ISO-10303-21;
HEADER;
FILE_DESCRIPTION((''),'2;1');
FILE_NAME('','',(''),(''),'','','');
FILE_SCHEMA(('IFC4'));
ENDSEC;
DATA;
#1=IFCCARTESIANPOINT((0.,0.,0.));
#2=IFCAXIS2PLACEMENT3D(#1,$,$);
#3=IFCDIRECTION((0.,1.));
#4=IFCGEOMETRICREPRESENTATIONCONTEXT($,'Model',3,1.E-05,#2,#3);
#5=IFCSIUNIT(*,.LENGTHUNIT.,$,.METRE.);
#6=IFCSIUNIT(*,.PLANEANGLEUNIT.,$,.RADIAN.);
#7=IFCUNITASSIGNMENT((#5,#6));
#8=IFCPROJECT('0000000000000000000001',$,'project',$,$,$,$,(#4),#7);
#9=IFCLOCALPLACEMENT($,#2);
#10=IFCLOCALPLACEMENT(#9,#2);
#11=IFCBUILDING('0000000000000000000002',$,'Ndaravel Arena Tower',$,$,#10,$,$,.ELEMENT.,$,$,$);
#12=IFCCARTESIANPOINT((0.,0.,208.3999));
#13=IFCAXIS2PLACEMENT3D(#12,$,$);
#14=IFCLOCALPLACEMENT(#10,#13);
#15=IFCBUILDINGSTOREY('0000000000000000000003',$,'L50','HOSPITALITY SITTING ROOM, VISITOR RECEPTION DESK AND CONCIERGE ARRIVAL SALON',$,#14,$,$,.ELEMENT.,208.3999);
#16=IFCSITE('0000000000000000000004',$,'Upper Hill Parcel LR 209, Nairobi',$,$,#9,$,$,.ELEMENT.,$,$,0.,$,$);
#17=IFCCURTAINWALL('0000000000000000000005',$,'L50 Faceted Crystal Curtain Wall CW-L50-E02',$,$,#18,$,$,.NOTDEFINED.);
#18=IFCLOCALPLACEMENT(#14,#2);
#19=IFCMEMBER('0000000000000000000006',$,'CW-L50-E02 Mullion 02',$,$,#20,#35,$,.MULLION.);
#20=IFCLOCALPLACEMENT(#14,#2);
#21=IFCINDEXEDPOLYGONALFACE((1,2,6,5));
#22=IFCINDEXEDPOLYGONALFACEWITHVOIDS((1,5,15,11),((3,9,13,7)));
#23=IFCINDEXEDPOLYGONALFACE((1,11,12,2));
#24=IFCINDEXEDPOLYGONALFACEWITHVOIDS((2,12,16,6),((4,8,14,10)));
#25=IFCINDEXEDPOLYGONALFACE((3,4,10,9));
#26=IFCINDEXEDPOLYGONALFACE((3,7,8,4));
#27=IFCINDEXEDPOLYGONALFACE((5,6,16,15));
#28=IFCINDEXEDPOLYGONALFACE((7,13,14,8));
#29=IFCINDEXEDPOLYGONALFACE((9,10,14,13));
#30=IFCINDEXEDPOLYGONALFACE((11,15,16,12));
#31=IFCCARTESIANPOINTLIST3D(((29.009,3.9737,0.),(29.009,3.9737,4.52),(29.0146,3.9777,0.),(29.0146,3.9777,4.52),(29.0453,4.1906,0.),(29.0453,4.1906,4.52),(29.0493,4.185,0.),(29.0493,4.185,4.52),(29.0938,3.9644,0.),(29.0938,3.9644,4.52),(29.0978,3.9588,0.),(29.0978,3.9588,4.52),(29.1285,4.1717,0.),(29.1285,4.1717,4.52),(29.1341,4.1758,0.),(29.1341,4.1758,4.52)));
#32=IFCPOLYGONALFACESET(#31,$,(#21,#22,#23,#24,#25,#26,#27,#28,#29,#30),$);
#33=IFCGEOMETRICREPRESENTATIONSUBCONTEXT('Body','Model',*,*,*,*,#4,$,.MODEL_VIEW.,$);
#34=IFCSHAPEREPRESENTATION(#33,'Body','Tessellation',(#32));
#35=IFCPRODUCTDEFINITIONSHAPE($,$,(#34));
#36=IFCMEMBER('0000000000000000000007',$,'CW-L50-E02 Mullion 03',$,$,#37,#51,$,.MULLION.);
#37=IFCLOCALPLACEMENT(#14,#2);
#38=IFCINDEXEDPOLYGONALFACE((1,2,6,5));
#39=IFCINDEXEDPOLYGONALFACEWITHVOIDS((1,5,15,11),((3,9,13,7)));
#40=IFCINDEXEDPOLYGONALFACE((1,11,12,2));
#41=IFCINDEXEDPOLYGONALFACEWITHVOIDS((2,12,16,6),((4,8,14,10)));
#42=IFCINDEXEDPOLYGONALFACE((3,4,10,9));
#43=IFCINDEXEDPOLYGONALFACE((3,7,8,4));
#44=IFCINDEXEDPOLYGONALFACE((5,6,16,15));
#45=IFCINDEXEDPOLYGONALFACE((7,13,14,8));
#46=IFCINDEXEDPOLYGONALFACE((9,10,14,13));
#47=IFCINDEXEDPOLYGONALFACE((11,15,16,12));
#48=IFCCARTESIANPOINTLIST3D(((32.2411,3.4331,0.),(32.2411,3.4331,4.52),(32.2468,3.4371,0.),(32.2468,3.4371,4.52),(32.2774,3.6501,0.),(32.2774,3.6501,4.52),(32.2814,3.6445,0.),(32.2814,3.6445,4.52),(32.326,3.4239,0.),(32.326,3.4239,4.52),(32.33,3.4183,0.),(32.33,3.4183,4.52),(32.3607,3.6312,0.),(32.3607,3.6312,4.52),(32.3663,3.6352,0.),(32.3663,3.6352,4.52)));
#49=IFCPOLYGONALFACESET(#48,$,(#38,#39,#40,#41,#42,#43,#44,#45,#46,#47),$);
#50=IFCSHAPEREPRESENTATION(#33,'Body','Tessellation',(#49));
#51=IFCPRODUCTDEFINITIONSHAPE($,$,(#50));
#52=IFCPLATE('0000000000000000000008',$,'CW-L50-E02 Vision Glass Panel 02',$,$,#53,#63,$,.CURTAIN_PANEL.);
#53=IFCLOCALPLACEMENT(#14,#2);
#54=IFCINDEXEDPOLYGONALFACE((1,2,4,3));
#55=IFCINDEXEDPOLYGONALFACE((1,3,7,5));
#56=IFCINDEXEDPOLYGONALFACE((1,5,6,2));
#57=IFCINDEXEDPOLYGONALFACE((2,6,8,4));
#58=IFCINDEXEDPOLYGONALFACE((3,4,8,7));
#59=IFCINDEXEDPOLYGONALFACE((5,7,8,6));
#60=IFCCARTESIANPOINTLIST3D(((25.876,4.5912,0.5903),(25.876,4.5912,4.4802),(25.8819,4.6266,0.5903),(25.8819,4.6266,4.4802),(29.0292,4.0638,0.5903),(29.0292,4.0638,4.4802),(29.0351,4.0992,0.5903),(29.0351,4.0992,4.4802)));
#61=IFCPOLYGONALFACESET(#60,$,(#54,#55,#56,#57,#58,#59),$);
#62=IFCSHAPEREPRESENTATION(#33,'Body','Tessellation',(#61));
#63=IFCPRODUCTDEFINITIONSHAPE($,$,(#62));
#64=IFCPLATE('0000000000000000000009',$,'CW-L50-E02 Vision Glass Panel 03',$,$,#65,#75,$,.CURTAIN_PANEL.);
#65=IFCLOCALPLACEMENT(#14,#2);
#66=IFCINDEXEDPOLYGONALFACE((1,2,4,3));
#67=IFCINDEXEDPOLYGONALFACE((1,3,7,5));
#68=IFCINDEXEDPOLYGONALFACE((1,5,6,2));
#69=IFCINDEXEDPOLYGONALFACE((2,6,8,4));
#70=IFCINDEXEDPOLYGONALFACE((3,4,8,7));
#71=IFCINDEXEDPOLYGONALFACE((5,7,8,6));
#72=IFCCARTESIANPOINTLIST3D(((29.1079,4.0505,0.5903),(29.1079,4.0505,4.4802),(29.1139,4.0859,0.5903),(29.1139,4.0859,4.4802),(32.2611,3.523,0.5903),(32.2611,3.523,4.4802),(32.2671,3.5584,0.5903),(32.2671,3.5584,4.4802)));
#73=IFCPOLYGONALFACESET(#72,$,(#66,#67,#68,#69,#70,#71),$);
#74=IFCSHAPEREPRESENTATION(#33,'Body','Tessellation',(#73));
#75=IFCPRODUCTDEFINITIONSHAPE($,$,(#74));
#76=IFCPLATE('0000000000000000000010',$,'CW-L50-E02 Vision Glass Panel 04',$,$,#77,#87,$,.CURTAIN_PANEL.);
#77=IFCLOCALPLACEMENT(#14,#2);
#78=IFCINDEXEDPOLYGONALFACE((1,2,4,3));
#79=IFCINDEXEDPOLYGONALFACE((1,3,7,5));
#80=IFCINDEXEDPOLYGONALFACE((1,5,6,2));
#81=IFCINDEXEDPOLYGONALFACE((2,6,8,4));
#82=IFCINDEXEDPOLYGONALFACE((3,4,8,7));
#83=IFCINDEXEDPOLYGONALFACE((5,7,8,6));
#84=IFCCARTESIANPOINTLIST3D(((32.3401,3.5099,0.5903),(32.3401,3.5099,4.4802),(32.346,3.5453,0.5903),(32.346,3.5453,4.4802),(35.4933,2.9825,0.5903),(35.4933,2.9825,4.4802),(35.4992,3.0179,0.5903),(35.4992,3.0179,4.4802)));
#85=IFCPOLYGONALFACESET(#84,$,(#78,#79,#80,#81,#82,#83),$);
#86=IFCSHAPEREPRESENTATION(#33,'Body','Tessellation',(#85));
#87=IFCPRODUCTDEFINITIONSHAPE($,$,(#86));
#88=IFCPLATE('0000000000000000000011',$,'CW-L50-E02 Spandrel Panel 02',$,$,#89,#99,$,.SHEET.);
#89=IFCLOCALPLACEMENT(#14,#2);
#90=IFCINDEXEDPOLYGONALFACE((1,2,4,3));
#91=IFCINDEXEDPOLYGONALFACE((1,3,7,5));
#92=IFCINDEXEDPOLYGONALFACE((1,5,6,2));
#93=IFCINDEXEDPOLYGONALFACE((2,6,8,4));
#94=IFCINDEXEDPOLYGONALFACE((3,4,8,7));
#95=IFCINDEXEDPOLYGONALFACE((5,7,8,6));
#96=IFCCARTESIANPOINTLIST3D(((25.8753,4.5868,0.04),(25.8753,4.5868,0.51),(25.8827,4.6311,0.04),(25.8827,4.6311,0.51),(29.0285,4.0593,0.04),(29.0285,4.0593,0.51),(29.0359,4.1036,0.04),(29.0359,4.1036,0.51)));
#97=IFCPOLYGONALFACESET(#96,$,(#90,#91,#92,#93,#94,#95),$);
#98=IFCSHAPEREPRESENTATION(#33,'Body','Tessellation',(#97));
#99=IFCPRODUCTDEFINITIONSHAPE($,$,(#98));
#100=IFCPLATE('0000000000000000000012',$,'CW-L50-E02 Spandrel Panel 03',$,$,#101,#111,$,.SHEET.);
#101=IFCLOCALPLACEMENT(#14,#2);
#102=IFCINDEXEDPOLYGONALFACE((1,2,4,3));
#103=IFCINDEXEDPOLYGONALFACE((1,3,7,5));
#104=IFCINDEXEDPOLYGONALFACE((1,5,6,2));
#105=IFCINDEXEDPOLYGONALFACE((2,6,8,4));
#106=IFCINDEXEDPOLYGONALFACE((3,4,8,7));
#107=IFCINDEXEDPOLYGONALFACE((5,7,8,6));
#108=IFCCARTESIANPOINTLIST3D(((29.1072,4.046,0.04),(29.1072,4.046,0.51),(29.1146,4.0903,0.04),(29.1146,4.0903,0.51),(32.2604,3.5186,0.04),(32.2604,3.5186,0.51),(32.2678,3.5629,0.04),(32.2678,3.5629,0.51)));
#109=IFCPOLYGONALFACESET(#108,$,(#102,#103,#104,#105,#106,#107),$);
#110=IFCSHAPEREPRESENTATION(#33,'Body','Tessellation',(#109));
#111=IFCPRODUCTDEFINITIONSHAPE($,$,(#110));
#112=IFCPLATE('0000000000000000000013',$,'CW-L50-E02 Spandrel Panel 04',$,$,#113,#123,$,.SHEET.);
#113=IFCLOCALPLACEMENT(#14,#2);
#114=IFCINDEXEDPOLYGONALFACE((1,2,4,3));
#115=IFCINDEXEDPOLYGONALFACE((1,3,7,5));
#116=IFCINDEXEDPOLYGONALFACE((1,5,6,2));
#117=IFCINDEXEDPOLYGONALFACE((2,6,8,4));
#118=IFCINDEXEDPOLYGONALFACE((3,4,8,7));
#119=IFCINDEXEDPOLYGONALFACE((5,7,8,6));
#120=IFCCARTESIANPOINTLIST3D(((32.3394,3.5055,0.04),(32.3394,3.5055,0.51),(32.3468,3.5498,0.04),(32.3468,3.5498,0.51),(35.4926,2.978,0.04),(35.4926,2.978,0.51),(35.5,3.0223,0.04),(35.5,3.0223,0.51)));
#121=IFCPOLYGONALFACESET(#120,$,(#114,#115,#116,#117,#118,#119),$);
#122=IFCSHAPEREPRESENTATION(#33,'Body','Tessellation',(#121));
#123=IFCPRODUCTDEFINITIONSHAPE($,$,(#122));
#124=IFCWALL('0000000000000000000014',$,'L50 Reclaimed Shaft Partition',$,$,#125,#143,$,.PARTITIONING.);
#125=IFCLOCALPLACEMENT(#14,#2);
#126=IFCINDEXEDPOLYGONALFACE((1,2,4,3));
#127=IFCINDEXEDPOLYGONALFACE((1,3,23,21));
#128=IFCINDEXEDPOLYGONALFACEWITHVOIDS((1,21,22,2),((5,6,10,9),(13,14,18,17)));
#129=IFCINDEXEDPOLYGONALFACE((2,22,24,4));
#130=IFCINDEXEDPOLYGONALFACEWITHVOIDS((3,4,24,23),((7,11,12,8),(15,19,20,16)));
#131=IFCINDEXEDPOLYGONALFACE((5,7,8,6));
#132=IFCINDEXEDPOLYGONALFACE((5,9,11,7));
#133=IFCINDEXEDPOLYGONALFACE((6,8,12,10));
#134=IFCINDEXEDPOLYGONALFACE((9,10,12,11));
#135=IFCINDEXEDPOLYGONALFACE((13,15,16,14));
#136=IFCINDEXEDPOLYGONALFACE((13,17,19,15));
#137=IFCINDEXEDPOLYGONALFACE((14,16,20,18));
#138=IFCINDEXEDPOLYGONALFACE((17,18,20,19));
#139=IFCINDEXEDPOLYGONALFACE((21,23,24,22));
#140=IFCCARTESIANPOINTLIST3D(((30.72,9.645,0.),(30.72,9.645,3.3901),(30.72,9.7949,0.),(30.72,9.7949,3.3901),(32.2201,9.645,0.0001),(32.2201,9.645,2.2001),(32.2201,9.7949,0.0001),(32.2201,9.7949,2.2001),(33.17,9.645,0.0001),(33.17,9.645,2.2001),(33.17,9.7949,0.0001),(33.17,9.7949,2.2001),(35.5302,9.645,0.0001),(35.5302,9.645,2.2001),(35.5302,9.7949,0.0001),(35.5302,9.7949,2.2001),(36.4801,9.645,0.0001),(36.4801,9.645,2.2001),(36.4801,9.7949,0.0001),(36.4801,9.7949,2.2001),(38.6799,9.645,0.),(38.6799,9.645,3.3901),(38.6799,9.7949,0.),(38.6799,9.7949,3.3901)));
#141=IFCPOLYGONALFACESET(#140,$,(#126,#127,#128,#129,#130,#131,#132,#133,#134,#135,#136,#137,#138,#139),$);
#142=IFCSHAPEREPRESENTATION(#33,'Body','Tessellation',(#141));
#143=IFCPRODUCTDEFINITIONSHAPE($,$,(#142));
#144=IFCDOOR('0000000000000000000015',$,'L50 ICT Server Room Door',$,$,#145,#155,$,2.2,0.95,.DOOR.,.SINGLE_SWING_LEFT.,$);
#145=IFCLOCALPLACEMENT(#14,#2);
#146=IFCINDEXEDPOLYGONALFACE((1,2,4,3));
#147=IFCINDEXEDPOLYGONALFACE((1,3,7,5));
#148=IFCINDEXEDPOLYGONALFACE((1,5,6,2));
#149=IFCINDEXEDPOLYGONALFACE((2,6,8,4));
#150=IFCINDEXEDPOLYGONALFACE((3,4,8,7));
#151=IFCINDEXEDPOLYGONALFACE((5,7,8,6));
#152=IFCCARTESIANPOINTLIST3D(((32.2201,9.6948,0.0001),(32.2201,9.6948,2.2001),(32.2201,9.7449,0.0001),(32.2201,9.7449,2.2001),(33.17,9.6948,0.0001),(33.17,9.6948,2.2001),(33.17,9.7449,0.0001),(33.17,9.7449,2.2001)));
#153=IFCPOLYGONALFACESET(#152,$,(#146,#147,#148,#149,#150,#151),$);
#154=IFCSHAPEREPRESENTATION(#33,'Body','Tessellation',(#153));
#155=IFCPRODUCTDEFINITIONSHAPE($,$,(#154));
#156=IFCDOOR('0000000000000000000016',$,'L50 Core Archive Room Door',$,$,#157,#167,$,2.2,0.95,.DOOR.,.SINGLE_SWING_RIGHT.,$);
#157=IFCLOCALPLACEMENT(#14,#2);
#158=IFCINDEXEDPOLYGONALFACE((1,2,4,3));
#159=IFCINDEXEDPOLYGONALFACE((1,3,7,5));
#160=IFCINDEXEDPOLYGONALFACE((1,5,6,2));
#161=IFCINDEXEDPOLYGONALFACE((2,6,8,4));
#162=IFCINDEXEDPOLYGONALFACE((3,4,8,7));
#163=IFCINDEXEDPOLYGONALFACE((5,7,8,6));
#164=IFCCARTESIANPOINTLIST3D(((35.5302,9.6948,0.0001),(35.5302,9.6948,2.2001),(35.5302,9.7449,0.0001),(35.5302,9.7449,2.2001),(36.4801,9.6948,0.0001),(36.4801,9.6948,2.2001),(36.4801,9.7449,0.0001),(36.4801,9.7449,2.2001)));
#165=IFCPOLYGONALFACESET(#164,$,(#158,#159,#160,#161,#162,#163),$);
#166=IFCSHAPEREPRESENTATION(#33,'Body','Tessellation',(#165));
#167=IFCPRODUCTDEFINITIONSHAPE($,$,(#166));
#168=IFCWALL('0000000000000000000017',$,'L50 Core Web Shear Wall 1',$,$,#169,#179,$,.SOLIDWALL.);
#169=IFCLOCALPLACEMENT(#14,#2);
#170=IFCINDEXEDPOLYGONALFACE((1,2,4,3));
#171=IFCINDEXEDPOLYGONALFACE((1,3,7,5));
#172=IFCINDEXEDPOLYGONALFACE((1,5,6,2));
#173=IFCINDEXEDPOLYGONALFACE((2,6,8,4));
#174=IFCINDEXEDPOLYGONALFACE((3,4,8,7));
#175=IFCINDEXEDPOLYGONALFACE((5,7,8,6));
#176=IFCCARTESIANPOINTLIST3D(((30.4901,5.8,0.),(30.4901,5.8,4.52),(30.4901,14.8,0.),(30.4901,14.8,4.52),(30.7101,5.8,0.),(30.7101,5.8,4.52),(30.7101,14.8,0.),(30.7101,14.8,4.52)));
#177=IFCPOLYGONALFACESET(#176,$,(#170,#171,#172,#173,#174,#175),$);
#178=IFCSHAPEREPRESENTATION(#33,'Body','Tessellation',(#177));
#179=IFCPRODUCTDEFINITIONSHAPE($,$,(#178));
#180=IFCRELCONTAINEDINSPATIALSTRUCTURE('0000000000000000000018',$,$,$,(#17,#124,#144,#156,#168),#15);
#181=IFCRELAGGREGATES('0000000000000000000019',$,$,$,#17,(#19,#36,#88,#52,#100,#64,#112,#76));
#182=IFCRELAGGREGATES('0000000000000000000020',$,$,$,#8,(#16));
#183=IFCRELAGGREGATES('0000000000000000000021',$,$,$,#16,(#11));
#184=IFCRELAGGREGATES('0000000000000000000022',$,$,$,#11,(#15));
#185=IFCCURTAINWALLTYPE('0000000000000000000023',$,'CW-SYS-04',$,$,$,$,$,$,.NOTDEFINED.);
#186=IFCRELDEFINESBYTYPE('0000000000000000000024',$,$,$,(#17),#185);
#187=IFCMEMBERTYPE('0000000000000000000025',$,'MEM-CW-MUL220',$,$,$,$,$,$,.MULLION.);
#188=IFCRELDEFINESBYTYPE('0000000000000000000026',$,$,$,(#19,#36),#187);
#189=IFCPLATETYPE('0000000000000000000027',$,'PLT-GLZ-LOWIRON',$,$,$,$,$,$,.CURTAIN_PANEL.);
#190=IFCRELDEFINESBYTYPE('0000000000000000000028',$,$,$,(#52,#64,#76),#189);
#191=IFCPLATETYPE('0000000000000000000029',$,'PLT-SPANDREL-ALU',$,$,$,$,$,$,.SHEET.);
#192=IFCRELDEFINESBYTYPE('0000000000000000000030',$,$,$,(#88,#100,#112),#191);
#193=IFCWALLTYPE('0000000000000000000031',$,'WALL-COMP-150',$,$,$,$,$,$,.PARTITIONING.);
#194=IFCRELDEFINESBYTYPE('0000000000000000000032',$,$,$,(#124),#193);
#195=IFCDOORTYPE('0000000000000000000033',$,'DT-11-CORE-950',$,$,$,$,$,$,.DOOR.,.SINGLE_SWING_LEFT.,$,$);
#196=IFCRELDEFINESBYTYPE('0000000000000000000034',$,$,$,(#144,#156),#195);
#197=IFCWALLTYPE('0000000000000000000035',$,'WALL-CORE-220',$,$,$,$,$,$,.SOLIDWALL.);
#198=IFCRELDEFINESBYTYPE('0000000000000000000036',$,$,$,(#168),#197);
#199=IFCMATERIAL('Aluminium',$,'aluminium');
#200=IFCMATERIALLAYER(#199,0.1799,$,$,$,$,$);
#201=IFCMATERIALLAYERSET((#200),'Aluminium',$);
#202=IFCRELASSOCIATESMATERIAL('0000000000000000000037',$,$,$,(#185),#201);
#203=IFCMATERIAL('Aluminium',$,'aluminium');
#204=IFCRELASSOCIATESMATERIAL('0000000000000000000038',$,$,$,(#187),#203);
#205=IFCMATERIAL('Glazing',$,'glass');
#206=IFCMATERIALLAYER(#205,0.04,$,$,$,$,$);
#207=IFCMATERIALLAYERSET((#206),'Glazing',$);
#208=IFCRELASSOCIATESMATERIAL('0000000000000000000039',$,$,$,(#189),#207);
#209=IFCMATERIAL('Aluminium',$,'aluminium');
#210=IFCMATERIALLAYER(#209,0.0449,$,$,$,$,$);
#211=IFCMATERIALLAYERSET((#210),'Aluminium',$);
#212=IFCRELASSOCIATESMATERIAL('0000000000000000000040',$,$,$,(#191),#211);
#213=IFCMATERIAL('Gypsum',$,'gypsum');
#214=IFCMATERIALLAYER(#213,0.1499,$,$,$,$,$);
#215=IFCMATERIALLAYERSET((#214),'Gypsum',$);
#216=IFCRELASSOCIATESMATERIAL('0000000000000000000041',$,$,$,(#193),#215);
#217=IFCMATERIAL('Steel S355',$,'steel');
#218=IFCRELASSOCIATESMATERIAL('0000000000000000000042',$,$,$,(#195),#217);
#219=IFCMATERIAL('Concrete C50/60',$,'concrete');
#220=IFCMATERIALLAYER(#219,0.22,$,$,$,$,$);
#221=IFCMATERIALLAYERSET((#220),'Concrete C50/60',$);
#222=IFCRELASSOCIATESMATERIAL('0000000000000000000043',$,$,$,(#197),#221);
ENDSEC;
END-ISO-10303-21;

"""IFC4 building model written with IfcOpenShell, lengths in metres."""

from ifc_helpers import new_model, si_unit, direction, frame, frame_2d, origin, origin_2d, place, context, subcontext, project, spatial, rectangle, hollow_rectangle, extrude, material, layer, layer_set, material_profile, profile_set, type_object, element, fill, aggregate, save


model = new_model("IFC4")

# Units and contexts
model_context = context("Model", 3, precision=1e-05, world=origin(), true_north=direction((0.0, 1.0)))
body_context = subcontext(model_context, "Body", "Model", "MODEL_VIEW")
ifc_project = project(units=[si_unit("LENGTHUNIT", "METRE"), si_unit("PLANEANGLEUNIT", "RADIAN")], contexts=[model_context])

# Site, building, storey
site_placement = place(None, origin())
site = spatial("IfcSite", under=ifc_project, at=site_placement, Name="Upper Hill Parcel LR 209, Nairobi", CompositionType="ELEMENT", RefElevation=0.0)
building_placement = place(site_placement, origin())
building = spatial("IfcBuilding", under=site, at=building_placement, Name="Ndaravel Arena Tower", CompositionType="ELEMENT")
storey_placement = place(building_placement, frame((0.0, 0.0, 208.3999)))
storey = spatial("IfcBuildingStorey", under=building, at=storey_placement, Name="L50", Description="HOSPITALITY SITTING ROOM, VISITOR RECEPTION DESK AND CONCIERGE ARRIVAL SALON", CompositionType="ELEMENT", Elevation=208.3999)

# Curtain wall, members, plates
ifc_material_1 = material(Name="Aluminium", Category="aluminium")
ifc_layer_1 = layer(ifc_material_1, 0.1799)
ifc_layer_set_1 = layer_set([ifc_layer_1], Name="Aluminium")
curtain_wall_type = type_object("IfcCurtainWallType", Name="CW-SYS-04", PredefinedType="NOTDEFINED", material=ifc_layer_set_1)
curtain_wall_placement = place(storey_placement, origin())
curtain_wall = element("IfcCurtainWall", 1, at=curtain_wall_placement, inside=storey, type_object=curtain_wall_type, Name="L50 Faceted Crystal Curtain Wall CW-L50-E02", PredefinedType="NOTDEFINED")
ifc_material_2 = material(Name="Aluminium", Category="aluminium")
ifc_material_profile = material_profile(ifc_material_2, hollow_rectangle(XDim=0.0901, YDim=0.22, WallThickness=0.0049, at=origin_2d()), Name="CW MULLION 90x220x5")
ifc_profile_set = profile_set([ifc_material_profile], Name="Aluminium")
member_type = type_object("IfcMemberType", Name="MEM-CW-MUL220", PredefinedType="MULLION", material=ifc_profile_set)
member_1_placement = place(storey_placement, frame((29.0715, 4.0747, 0.0), z_axis=(0.0, 0.0, 1.0), x_axis=(0.986297, -0.164979, 0.0)))
member_1 = element("IfcMember", 2, at=member_1_placement, type_object=member_type, Name="CW-L50-E02 Mullion 02", PredefinedType="MULLION", context=body_context, shape_type="SweptSolid", body=[
    extrude(hollow_rectangle(XDim=0.0901, YDim=0.22, WallThickness=0.0049, at=origin_2d()), origin(), (0.0, 0.0, 1.0), 4.52),
])
member_2_placement = place(storey_placement, frame((32.3037, 3.5342, 0.0), z_axis=(0.0, 0.0, 1.0), x_axis=(0.986297, -0.164979, 0.0)))
member_2 = element("IfcMember", 3, at=member_2_placement, type_object=member_type, Name="CW-L50-E02 Mullion 03", PredefinedType="MULLION", context=body_context, shape_type="SweptSolid", body=[
    extrude(hollow_rectangle(XDim=0.0901, YDim=0.22, WallThickness=0.0049, at=origin_2d()), origin(), (0.0, 0.0, 1.0), 4.52),
])
ifc_material_3 = material(Name="Glazing", Category="glass")
ifc_layer_2 = layer(ifc_material_3, 0.04)
ifc_layer_set_2 = layer_set([ifc_layer_2], Name="Glazing")
plate_type_1 = type_object("IfcPlateType", Name="PLT-GLZ-LOWIRON", PredefinedType="CURTAIN_PANEL", material=ifc_layer_set_2)
plate_1_placement = place(storey_placement, frame((27.4556, 4.3452, 0.5903), z_axis=(0.0, 0.0, 1.0), x_axis=(0.986297, -0.164979, 0.0)))
plate_1 = element("IfcPlate", 4, at=plate_1_placement, type_object=plate_type_1, Name="CW-L50-E02 Vision Glass Panel 02", PredefinedType="CURTAIN_PANEL", context=body_context, shape_type="SweptSolid", body=[
    extrude(rectangle(XDim=3.197, YDim=0.0359, at=origin_2d()), origin(), (0.0, 0.0, 1.0), 3.8899),
])
plate_2_placement = place(storey_placement, frame((30.6875, 3.8044, 0.5903), z_axis=(0.0, 0.0, 1.0), x_axis=(0.986297, -0.164979, 0.0)))
plate_2 = element("IfcPlate", 5, at=plate_2_placement, type_object=plate_type_1, Name="CW-L50-E02 Vision Glass Panel 03", PredefinedType="CURTAIN_PANEL", context=body_context, shape_type="SweptSolid", body=[
    extrude(rectangle(XDim=3.197, YDim=0.0359, at=origin_2d()), origin(), (0.0, 0.0, 1.0), 3.8899),
])
plate_3_placement = place(storey_placement, frame((33.9197, 3.2639, 0.5903), z_axis=(0.0, 0.0, 1.0), x_axis=(0.986297, -0.164979, 0.0)))
plate_3 = element("IfcPlate", 6, at=plate_3_placement, type_object=plate_type_1, Name="CW-L50-E02 Vision Glass Panel 04", PredefinedType="CURTAIN_PANEL", context=body_context, shape_type="SweptSolid", body=[
    extrude(rectangle(XDim=3.197, YDim=0.0359, at=origin_2d()), origin(), (0.0, 0.0, 1.0), 3.8899),
])
ifc_material_4 = material(Name="Aluminium", Category="aluminium")
ifc_layer_3 = layer(ifc_material_4, 0.0449)
ifc_layer_set_3 = layer_set([ifc_layer_3], Name="Aluminium")
plate_type_2 = type_object("IfcPlateType", Name="PLT-SPANDREL-ALU", PredefinedType="SHEET", material=ifc_layer_set_3)
plate_4_placement = place(storey_placement, frame((27.4556, 4.3452, 0.04), z_axis=(0.0, 0.0, 1.0), x_axis=(0.986297, -0.164979, 0.0)))
plate_4 = element("IfcPlate", 7, at=plate_4_placement, type_object=plate_type_2, Name="CW-L50-E02 Spandrel Panel 02", PredefinedType="SHEET", context=body_context, shape_type="SweptSolid", body=[
    extrude(rectangle(XDim=3.197, YDim=0.0449, at=origin_2d()), origin(), (0.0, 0.0, 1.0), 0.47),
])
plate_5_placement = place(storey_placement, frame((30.6875, 3.8044, 0.04), z_axis=(0.0, 0.0, 1.0), x_axis=(0.986297, -0.164979, 0.0)))
plate_5 = element("IfcPlate", 8, at=plate_5_placement, type_object=plate_type_2, Name="CW-L50-E02 Spandrel Panel 03", PredefinedType="SHEET", context=body_context, shape_type="SweptSolid", body=[
    extrude(rectangle(XDim=3.197, YDim=0.0449, at=origin_2d()), origin(), (0.0, 0.0, 1.0), 0.47),
])
plate_6_placement = place(storey_placement, frame((33.9197, 3.2639, 0.04), z_axis=(0.0, 0.0, 1.0), x_axis=(0.986297, -0.164979, 0.0)))
plate_6 = element("IfcPlate", 9, at=plate_6_placement, type_object=plate_type_2, Name="CW-L50-E02 Spandrel Panel 04", PredefinedType="SHEET", context=body_context, shape_type="SweptSolid", body=[
    extrude(rectangle(XDim=3.197, YDim=0.0449, at=origin_2d()), origin(), (0.0, 0.0, 1.0), 0.47),
])
aggregate(curtain_wall, [member_1, member_2, plate_4, plate_1, plate_5, plate_2, plate_6, plate_3])

# Wall, openings, doors
ifc_material_5 = material(Name="Gypsum", Category="gypsum")
ifc_layer_4 = layer(ifc_material_5, 0.1499)
ifc_layer_set_4 = layer_set([ifc_layer_4], Name="Gypsum")
wall_type_1 = type_object("IfcWallType", Name="WALL-COMP-150", PredefinedType="PARTITIONING", material=ifc_layer_set_4)
wall_1_placement = place(storey_placement, frame((30.72, 9.72, 0.0), z_axis=(0.0, 0.0, 1.0), x_axis=(1.0, 0.0, 0.0)))
wall_1 = element("IfcWall", 10, at=wall_1_placement, inside=storey, type_object=wall_type_1, Name="L50 Reclaimed Shaft Partition", PredefinedType="PARTITIONING", context=body_context, shape_type="SweptSolid", body=[
    extrude(rectangle(XDim=7.96, YDim=0.1499, at=frame_2d((3.98, 0.0))), origin(), (0.0, 0.0, 1.0), 3.3901),
])
opening_1_placement = place(wall_1_placement, frame((1.5, 0.0, 0.0)))
opening_1 = element("IfcOpeningElement", 11, at=opening_1_placement, cuts=wall_1, PredefinedType="OPENING", context=body_context, shape_type="SweptSolid", body=[
    extrude(rectangle(XDim=0.95, YDim=2.2, at=frame_2d((0.4751, 1.1001))), frame((0.0, 0.075, 0.0), z_axis=(0.0, -1.0, 0.0), x_axis=(1.0, 0.0, 0.0)), (0.0, 0.0, 1.0), 0.1499),
])
opening_2_placement = place(wall_1_placement, frame((4.8101, 0.0, 0.0)))
opening_2 = element("IfcOpeningElement", 12, at=opening_2_placement, cuts=wall_1, PredefinedType="OPENING", context=body_context, shape_type="SweptSolid", body=[
    extrude(rectangle(XDim=0.95, YDim=2.2, at=frame_2d((0.4751, 1.1001))), frame((0.0, 0.075, 0.0), z_axis=(0.0, -1.0, 0.0), x_axis=(1.0, 0.0, 0.0)), (0.0, 0.0, 1.0), 0.1499),
])
ifc_material_6 = material(Name="Steel S355", Category="steel")
door_type_1 = type_object("IfcDoorType", Name="DT-11-CORE-950", OperationType="SINGLE_SWING_LEFT", PredefinedType="DOOR", material=ifc_material_6)
door_1_placement = place(opening_1_placement, origin())
door_1 = element("IfcDoor", 13, at=door_1_placement, inside=storey, type_object=door_type_1, Name="L50 ICT Server Room Door", OperationType="SINGLE_SWING_LEFT", OverallHeight=2.2, OverallWidth=0.95, PredefinedType="DOOR", context=body_context, shape_type="SweptSolid", body=[
    extrude(rectangle(XDim=0.95, YDim=2.2, at=frame_2d((0.4751, 1.1001))), frame((0.0, 0.0249, 0.0), z_axis=(0.0, -1.0, 0.0), x_axis=(1.0, 0.0, 0.0)), (0.0, 0.0, 1.0), 0.05),
])
fill(opening_1, door_1)
door_2_placement = place(opening_2_placement, origin())
door_2 = element("IfcDoor", 14, at=door_2_placement, inside=storey, type_object=door_type_1, Name="L50 Core Archive Room Door", OperationType="SINGLE_SWING_RIGHT", OverallHeight=2.2, OverallWidth=0.95, PredefinedType="DOOR", context=body_context, shape_type="SweptSolid", body=[
    extrude(rectangle(XDim=0.95, YDim=2.2, at=frame_2d((0.4751, 1.1001))), frame((0.0, 0.0249, 0.0), z_axis=(0.0, -1.0, 0.0), x_axis=(1.0, 0.0, 0.0)), (0.0, 0.0, 1.0), 0.05),
])
fill(opening_2, door_2)

# Wall
ifc_material_7 = material(Name="Concrete C50/60", Category="concrete")
ifc_layer_5 = layer(ifc_material_7, 0.22)
ifc_layer_set_5 = layer_set([ifc_layer_5], Name="Concrete C50/60")
wall_type_2 = type_object("IfcWallType", Name="WALL-CORE-220", PredefinedType="SOLIDWALL", material=ifc_layer_set_5)
wall_2_placement = place(storey_placement, frame((30.6001, 5.8, 0.0), z_axis=(0.0, 0.0, 1.0), x_axis=(0.0, 1.0, 0.0)))
element("IfcWall", 15, at=wall_2_placement, inside=storey, type_object=wall_type_2, Name="L50 Core Web Shear Wall 1", PredefinedType="SOLIDWALL", context=body_context, shape_type="SweptSolid", body=[
    extrude(rectangle(XDim=9.0, YDim=0.22, at=frame_2d((4.5, 0.0))), origin(), (0.0, 0.0, 1.0), 4.52),
])

save(model, "model.ifc")
